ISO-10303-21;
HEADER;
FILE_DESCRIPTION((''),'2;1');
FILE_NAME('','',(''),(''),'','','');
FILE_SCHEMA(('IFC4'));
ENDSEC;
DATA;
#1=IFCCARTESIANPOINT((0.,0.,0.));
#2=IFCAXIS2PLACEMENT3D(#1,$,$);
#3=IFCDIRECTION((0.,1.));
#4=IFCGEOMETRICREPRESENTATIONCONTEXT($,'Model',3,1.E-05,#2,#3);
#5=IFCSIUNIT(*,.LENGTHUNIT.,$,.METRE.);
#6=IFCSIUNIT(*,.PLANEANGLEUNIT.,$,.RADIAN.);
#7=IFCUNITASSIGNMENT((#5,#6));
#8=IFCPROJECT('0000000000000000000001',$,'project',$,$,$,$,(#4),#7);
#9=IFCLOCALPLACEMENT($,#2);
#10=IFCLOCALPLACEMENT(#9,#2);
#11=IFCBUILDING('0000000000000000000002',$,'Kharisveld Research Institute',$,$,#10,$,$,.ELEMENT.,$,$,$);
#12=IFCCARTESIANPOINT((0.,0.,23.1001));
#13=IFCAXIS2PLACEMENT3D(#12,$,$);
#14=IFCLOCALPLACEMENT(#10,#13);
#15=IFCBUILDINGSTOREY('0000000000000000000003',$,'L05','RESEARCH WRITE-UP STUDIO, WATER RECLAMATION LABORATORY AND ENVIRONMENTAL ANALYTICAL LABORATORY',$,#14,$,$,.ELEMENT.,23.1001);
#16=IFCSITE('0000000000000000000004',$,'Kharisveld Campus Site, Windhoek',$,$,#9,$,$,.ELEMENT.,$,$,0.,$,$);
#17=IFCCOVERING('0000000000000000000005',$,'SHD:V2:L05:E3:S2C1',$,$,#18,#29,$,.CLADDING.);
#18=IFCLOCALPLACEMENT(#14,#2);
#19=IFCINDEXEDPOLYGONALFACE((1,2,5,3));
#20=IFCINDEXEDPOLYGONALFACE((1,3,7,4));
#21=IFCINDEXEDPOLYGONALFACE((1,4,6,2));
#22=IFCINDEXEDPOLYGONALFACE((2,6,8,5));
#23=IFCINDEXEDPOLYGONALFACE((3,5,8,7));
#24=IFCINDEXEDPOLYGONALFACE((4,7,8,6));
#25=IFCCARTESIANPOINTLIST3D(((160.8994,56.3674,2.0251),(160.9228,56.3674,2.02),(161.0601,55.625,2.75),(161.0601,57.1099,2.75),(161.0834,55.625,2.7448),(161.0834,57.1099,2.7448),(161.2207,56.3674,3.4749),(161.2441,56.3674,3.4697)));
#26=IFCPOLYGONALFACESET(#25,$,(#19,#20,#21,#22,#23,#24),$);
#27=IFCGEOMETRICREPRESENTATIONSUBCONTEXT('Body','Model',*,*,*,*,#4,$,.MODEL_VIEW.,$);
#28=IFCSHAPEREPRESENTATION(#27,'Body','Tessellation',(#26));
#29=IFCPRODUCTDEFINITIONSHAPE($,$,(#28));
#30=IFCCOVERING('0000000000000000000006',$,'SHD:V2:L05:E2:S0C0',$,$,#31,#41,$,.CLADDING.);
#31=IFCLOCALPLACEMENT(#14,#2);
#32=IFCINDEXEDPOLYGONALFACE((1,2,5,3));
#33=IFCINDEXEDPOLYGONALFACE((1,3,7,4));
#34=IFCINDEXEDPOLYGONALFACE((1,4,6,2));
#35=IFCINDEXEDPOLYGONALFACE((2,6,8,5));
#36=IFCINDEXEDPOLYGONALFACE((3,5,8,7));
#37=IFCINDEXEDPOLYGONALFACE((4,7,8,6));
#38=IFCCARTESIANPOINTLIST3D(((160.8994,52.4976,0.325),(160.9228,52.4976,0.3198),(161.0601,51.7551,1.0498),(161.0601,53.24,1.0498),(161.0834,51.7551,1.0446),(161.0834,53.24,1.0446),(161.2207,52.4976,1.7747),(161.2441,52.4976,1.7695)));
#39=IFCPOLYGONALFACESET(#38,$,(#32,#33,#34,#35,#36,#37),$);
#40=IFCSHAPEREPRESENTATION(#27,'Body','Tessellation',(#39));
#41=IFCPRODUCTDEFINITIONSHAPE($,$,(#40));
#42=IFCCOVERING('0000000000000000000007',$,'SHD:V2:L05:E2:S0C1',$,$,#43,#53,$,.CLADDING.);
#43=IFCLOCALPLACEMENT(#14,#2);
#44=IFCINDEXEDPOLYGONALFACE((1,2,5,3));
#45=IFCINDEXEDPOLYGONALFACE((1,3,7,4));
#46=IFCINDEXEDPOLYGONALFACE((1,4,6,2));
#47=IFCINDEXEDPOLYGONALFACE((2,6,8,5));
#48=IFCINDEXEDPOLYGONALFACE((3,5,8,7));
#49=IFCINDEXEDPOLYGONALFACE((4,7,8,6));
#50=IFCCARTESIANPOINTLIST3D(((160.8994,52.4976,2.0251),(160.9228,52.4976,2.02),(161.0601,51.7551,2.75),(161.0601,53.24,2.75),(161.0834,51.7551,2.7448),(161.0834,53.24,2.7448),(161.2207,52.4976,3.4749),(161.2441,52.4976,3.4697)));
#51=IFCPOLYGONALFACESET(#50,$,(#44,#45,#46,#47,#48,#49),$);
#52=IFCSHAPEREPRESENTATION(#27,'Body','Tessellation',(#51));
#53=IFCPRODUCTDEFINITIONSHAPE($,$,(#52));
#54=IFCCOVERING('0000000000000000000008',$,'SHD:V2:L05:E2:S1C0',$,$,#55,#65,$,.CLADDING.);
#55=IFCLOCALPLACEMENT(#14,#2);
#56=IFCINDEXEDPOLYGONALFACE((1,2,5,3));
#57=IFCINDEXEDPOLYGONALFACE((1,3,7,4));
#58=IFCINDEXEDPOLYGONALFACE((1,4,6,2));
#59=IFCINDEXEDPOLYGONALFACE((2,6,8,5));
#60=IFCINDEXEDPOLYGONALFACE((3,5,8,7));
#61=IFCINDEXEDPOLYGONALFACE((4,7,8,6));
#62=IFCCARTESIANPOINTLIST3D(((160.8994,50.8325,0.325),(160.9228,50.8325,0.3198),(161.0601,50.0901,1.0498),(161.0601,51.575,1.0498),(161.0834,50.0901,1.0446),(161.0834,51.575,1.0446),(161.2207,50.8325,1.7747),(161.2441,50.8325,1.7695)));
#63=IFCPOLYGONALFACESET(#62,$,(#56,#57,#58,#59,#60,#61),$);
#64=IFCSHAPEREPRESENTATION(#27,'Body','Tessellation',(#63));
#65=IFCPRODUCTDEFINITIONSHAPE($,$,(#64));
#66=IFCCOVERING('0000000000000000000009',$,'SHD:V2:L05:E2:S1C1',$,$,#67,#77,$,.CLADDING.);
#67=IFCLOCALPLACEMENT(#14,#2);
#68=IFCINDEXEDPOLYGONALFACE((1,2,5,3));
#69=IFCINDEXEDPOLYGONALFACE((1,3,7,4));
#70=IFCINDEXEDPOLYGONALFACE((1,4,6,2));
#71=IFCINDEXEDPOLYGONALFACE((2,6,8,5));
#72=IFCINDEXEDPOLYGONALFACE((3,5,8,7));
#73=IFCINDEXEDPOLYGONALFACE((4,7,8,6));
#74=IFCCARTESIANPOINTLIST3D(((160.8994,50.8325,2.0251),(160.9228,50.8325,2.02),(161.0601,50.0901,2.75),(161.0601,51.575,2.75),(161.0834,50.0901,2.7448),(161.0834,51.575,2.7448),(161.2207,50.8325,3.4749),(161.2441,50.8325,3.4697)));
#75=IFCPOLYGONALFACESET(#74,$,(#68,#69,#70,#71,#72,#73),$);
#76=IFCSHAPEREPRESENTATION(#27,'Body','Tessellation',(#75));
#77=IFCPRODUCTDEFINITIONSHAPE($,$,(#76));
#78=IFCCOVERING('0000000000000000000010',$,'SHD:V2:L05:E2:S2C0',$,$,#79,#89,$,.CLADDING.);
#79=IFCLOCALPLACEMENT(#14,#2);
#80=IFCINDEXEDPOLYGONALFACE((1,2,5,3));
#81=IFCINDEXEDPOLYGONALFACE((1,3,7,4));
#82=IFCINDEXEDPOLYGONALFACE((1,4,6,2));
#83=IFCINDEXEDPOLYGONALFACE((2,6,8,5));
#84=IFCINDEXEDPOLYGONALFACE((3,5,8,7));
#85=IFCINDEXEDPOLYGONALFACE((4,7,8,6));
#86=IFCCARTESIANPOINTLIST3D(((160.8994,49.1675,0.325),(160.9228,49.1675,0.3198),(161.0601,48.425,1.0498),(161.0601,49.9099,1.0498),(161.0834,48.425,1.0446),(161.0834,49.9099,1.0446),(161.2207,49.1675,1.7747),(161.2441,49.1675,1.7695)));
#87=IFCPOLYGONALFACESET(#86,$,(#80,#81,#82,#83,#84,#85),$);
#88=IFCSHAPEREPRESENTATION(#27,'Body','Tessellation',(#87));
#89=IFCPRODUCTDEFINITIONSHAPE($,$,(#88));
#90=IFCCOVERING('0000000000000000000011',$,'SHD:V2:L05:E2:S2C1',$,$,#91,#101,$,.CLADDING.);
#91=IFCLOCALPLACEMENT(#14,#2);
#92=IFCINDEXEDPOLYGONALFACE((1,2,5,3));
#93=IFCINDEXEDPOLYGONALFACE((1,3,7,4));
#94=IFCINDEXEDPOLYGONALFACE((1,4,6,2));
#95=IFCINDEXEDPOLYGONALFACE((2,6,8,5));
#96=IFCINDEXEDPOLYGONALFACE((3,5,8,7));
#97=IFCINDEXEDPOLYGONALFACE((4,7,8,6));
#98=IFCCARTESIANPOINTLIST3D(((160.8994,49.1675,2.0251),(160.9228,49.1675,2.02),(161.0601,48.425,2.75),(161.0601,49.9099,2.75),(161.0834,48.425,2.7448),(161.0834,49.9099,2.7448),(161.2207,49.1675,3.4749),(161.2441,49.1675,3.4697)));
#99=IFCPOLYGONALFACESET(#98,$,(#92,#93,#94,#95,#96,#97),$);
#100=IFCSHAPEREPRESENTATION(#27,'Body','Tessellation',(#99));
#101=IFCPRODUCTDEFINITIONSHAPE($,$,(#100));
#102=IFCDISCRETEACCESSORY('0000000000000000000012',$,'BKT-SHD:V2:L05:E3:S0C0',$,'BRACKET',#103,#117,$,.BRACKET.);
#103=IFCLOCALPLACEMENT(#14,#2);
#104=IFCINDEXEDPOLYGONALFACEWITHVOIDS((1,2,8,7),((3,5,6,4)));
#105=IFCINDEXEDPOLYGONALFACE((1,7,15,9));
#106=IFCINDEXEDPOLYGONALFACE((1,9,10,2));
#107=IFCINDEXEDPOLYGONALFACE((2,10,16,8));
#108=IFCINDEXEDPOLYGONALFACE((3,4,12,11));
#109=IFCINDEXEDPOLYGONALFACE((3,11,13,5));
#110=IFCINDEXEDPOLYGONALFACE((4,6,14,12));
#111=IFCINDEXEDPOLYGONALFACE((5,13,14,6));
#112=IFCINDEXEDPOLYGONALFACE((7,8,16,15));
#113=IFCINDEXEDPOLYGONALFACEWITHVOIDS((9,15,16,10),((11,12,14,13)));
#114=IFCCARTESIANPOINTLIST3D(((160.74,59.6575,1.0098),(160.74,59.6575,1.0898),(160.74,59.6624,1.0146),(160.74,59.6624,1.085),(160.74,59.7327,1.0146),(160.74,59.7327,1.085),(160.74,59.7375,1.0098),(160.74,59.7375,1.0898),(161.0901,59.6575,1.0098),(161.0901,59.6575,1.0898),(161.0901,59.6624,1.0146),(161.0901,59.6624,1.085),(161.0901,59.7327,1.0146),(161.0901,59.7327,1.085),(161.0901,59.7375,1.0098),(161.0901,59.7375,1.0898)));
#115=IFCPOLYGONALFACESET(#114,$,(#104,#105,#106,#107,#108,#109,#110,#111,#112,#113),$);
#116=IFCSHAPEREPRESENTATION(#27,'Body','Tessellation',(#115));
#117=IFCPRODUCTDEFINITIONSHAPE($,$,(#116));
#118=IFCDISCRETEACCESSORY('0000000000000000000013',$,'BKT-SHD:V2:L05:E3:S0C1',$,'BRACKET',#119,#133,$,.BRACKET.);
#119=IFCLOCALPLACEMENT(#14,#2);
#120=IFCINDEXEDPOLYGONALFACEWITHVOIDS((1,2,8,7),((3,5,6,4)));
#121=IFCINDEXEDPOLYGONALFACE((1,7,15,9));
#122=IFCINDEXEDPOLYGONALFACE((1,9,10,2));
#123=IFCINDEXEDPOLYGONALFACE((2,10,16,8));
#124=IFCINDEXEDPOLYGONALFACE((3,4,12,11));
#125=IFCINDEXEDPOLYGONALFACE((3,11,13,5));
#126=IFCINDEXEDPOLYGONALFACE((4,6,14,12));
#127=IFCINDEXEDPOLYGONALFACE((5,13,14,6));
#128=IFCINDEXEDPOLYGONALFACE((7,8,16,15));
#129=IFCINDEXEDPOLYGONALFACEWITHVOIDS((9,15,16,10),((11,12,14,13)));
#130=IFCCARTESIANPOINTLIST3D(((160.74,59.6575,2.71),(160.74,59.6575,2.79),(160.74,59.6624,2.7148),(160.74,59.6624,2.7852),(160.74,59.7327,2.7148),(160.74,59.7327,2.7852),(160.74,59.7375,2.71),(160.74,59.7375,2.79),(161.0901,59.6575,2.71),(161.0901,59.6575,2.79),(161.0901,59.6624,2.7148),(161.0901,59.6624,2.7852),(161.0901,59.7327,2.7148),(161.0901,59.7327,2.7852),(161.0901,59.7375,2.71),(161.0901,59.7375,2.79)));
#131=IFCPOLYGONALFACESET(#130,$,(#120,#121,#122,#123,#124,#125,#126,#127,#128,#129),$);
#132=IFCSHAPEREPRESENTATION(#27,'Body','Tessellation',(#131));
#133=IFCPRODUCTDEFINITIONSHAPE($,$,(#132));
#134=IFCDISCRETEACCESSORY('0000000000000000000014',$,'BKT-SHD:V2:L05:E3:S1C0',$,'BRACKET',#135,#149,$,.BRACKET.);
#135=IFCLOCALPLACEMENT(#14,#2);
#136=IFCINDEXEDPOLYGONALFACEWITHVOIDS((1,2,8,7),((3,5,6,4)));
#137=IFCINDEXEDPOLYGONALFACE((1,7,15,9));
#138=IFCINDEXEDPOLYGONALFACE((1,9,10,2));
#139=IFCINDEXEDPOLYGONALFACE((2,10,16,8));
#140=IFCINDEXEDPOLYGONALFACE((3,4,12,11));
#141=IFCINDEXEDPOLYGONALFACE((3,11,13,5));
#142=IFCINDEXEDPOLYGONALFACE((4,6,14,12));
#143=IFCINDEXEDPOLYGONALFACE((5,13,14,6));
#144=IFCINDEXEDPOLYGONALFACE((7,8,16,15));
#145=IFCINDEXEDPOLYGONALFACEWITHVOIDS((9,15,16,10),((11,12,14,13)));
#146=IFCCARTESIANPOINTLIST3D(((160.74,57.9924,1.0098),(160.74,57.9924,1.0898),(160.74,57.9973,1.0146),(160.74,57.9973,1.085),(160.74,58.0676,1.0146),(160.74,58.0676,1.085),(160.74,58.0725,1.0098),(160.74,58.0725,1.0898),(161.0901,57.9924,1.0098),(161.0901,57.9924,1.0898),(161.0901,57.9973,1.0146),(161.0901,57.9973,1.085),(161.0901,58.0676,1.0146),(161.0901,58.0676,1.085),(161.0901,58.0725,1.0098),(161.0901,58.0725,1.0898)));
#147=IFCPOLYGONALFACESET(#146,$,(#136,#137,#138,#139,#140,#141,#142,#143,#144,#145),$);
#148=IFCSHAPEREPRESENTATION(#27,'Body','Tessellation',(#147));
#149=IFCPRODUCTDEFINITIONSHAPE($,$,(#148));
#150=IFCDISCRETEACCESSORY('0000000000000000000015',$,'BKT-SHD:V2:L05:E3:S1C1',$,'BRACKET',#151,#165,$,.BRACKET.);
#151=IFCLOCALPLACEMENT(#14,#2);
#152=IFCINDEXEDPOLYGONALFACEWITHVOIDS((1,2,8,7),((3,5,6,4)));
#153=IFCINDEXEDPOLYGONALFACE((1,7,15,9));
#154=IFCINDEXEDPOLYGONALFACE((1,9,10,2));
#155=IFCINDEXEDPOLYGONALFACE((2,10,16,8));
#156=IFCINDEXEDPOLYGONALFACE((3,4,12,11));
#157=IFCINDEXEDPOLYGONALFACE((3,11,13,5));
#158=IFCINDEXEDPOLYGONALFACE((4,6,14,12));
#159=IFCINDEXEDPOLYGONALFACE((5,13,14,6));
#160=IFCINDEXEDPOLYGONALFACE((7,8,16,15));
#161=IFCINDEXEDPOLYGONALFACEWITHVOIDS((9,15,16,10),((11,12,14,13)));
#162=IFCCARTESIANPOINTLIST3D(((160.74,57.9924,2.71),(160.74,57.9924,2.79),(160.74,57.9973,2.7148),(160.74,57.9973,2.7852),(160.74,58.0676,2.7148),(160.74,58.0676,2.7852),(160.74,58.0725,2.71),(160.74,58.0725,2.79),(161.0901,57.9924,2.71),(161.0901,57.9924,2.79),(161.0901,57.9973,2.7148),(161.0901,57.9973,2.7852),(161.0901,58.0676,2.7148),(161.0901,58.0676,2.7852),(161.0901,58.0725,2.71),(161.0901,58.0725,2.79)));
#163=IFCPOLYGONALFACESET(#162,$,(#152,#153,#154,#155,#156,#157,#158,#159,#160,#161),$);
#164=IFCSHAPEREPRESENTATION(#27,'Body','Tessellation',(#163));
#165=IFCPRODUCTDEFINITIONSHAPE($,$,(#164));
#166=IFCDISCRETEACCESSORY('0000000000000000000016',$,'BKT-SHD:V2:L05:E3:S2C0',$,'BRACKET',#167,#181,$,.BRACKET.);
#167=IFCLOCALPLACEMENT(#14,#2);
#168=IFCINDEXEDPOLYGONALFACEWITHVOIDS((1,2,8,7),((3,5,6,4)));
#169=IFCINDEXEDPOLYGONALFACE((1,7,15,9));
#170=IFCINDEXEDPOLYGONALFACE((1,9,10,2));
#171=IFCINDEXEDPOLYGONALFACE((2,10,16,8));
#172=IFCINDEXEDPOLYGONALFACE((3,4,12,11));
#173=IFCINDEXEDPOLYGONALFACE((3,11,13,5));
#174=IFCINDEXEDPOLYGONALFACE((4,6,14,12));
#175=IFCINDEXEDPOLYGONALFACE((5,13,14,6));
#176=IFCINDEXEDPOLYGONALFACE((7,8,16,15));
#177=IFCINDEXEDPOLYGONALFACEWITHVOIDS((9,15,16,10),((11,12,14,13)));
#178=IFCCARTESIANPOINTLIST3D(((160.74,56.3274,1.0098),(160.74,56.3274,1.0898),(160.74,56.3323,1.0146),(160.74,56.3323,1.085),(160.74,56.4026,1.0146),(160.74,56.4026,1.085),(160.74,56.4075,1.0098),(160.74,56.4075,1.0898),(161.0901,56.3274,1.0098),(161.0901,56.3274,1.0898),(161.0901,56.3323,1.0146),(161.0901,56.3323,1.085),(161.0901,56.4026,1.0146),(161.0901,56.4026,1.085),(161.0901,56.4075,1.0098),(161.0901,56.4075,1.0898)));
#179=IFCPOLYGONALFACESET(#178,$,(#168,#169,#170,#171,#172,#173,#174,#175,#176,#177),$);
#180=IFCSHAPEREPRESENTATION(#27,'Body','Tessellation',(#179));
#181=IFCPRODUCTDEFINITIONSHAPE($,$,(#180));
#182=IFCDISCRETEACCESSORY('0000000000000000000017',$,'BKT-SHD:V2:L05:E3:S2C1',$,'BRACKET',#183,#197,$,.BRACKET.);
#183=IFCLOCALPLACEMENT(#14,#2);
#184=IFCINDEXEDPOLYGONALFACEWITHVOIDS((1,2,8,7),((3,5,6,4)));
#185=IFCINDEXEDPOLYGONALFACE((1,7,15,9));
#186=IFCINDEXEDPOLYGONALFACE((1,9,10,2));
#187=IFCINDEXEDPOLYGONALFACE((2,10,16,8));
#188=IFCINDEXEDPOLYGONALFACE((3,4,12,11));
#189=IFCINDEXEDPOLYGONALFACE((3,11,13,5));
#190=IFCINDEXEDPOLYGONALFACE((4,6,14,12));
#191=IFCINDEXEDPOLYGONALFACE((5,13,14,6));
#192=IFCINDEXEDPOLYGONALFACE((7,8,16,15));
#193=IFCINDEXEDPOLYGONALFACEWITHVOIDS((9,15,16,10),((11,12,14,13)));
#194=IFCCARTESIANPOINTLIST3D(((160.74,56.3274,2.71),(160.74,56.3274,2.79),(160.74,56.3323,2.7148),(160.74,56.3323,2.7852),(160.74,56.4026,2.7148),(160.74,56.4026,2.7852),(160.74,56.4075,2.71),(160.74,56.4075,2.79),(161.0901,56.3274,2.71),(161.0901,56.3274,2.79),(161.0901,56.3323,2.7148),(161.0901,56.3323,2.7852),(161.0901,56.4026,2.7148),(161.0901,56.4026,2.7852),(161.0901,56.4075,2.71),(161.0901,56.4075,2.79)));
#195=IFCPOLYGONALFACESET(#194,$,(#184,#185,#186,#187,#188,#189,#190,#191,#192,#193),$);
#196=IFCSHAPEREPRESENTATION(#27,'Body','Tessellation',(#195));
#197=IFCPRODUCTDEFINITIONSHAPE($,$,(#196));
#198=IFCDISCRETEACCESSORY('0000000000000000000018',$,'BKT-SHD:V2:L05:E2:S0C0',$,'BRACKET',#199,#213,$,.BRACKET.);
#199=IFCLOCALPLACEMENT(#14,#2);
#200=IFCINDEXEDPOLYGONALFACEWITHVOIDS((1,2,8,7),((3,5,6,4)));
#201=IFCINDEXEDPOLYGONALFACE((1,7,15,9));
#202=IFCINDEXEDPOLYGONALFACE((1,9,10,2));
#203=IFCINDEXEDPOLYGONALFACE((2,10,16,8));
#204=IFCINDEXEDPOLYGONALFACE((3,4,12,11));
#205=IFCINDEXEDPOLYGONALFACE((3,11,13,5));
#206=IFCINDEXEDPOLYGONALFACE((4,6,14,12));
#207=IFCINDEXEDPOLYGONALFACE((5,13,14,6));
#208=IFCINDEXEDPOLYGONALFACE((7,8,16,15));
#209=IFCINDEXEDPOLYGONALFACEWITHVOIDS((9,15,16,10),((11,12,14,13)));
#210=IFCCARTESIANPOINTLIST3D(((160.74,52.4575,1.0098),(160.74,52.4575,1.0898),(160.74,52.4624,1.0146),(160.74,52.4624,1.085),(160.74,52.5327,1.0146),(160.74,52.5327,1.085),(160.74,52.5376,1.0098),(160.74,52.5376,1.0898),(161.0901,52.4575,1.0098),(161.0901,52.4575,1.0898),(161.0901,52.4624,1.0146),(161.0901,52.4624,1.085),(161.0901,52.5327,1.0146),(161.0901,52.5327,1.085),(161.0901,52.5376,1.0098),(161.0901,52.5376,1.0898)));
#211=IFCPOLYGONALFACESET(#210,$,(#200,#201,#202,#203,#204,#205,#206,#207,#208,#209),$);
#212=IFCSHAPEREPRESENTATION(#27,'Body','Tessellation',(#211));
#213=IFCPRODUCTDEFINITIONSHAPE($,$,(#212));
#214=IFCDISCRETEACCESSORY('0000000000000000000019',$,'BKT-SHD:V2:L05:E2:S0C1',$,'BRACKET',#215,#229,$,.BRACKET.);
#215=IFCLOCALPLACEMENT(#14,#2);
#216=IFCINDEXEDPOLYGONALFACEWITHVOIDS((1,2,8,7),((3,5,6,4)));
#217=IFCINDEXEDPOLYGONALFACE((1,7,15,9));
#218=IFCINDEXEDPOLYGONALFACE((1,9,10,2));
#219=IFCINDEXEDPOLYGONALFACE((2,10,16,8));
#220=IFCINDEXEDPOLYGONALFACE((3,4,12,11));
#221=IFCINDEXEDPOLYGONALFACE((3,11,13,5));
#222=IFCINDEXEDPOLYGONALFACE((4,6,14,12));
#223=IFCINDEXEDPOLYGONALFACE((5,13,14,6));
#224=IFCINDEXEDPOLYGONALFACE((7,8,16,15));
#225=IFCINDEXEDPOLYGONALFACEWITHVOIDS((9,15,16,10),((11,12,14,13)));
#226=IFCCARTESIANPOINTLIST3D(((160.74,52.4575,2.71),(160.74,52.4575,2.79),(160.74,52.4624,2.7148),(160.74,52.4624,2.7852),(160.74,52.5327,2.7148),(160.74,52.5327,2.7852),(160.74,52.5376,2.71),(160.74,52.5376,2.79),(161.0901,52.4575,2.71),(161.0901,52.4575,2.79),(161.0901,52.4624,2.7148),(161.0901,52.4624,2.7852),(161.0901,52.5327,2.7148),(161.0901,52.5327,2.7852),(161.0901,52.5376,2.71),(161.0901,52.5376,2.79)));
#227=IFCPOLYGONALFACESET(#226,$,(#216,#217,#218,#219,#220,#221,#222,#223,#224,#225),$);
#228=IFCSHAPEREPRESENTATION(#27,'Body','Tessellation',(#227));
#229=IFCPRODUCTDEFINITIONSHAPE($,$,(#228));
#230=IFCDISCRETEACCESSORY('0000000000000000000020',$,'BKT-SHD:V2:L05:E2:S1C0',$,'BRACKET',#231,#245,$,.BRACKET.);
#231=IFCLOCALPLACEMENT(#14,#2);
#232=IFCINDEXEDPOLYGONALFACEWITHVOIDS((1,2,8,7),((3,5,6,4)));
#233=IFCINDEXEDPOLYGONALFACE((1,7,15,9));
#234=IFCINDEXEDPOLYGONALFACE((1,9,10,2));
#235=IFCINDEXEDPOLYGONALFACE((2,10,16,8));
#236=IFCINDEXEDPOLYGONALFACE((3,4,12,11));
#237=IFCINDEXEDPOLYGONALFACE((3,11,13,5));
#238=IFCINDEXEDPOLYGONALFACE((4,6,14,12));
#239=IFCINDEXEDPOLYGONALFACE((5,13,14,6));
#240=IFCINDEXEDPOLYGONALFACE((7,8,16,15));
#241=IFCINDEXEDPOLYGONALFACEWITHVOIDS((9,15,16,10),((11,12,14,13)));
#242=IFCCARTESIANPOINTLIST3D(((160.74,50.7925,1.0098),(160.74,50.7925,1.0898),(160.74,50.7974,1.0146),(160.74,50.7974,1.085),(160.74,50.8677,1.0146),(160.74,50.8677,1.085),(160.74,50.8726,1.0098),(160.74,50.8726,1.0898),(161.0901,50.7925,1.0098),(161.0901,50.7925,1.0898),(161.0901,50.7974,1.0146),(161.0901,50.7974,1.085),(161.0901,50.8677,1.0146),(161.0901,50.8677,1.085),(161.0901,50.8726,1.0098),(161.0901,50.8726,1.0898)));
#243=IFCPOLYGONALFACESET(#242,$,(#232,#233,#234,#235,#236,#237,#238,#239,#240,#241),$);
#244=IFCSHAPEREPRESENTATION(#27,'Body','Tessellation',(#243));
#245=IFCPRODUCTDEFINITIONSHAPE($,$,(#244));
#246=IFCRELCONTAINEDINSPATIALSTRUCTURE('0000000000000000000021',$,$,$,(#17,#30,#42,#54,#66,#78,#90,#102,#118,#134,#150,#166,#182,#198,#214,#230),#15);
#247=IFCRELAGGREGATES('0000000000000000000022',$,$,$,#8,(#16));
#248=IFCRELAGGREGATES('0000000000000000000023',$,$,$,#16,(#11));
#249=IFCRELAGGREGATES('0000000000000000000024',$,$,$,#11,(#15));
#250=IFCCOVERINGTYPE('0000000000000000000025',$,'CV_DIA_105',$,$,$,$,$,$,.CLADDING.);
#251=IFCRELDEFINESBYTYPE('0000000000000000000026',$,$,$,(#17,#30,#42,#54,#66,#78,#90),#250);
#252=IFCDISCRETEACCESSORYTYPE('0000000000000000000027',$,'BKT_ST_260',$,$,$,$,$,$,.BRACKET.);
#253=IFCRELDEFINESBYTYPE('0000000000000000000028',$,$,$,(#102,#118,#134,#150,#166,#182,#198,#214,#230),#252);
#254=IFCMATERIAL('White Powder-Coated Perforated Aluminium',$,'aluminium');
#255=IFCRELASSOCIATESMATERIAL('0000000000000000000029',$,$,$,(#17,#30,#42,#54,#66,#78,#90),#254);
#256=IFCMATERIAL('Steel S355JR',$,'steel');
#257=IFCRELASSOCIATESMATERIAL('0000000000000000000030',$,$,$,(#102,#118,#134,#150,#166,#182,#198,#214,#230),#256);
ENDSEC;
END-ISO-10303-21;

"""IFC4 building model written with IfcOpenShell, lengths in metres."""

from ifc_helpers import new_model, si_unit, direction, frame, origin, origin_2d, place, context, subcontext, project, spatial, polyline, hollow_rectangle, outline, extrude, material, type_object, element, save


model = new_model("IFC4")

# Units and contexts
model_context = context("Model", 3, precision=1e-05, world=origin(), true_north=direction((0.0, 1.0)))
body_context = subcontext(model_context, "Body", "Model", "MODEL_VIEW")
ifc_project = project(units=[si_unit("LENGTHUNIT", "METRE"), si_unit("PLANEANGLEUNIT", "RADIAN")], contexts=[model_context])

# Site, building, storey
site_placement = place(None, origin())
site = spatial("IfcSite", under=ifc_project, at=site_placement, Name="Kharisveld Campus Site, Windhoek", CompositionType="ELEMENT", RefElevation=0.0)
building_placement = place(site_placement, origin())
building = spatial("IfcBuilding", under=site, at=building_placement, Name="Kharisveld Research Institute", CompositionType="ELEMENT")
storey_placement = place(building_placement, frame((0.0, 0.0, 23.1001)))
storey = spatial("IfcBuildingStorey", under=building, at=storey_placement, Name="L05", Description="RESEARCH WRITE-UP STUDIO, WATER RECLAMATION LABORATORY AND ENVIRONMENTAL ANALYTICAL LABORATORY", CompositionType="ELEMENT", Elevation=23.1001)

# Coverings
ifc_material_1 = material(Name="White Powder-Coated Perforated Aluminium", Category="aluminium")
covering_type = type_object("IfcCoveringType", Name="CV_DIA_105", PredefinedType="CLADDING")
for number, where, z_axis, x_axis, name in (
    (1, (160.8994, 56.3674, 2.0251), (-0.976311, 0.0, 0.216373), (0.153, -0.707102, 0.69036), "SHD:V2:L05:E3:S2C1"),
    (2, (160.8994, 52.4976, 0.325), (-0.976311, 0.0, 0.216373), (0.153, -0.707102, 0.69036), "SHD:V2:L05:E2:S0C0"),
    (3, (160.8994, 52.4976, 2.0251), (-0.976311, 0.0, 0.216373), (0.153, -0.707102, 0.69036), "SHD:V2:L05:E2:S0C1"),
    (4, (160.8994, 50.8325, 0.325), (-0.976311, 0.0, 0.216373), (0.153, -0.707102, 0.69036), "SHD:V2:L05:E2:S1C0"),
    (5, (160.8994, 50.8325, 2.0251), (-0.976311, 0.0, 0.216373), (0.153, -0.707102, 0.69036), "SHD:V2:L05:E2:S1C1"),
    (6, (160.8994, 49.1675, 0.325), (-0.976311, 0.0, 0.216373), (0.153, -0.707102, 0.69036), "SHD:V2:L05:E2:S2C0"),
    (7, (160.8994, 49.1675, 2.0251), (-0.976311, 0.0, 0.216373), (0.153, -0.707102, 0.69036), "SHD:V2:L05:E2:S2C1"),
):
    element("IfcCovering", number, at=place(storey_placement, frame(where, z_axis=z_axis, x_axis=x_axis)), inside=storey, type_object=covering_type, material=ifc_material_1, Name=name, PredefinedType="CLADDING", context=body_context, shape_type="SweptSolid", body=[
        extrude(outline(polyline([(0.0, 0.0), (1.05, 0.0), (1.05, 1.05), (0.0, 1.05), (0.0, 0.0)])), origin(), (0.0, 0.0, -1.0), 0.0239),
    ])

# Discrete accessories
ifc_material_2 = material(Name="Steel S355JR", Category="steel")
discrete_accessory_type = type_object("IfcDiscreteAccessoryType", Name="BKT_ST_260", PredefinedType="BRACKET")
for number, where, z_axis, x_axis, name in (
    (8, (160.74, 59.6975, 1.0498), (1.0, 0.0, 0.0), (0.0, 1.0, 0.0), "BKT-SHD:V2:L05:E3:S0C0"),
    (9, (160.74, 59.6975, 2.75), (1.0, 0.0, 0.0), (0.0, 1.0, 0.0), "BKT-SHD:V2:L05:E3:S0C1"),
    (10, (160.74, 58.0325, 1.0498), (1.0, 0.0, 0.0), (0.0, 1.0, 0.0), "BKT-SHD:V2:L05:E3:S1C0"),
    (11, (160.74, 58.0325, 2.75), (1.0, 0.0, 0.0), (0.0, 1.0, 0.0), "BKT-SHD:V2:L05:E3:S1C1"),
    (12, (160.74, 56.3674, 1.0498), (1.0, 0.0, 0.0), (0.0, 1.0, 0.0), "BKT-SHD:V2:L05:E3:S2C0"),
    (13, (160.74, 56.3674, 2.75), (1.0, 0.0, 0.0), (0.0, 1.0, 0.0), "BKT-SHD:V2:L05:E3:S2C1"),
    (14, (160.74, 52.4976, 1.0498), (1.0, 0.0, 0.0), (0.0, 1.0, 0.0), "BKT-SHD:V2:L05:E2:S0C0"),
    (15, (160.74, 52.4976, 2.75), (1.0, 0.0, 0.0), (0.0, 1.0, 0.0), "BKT-SHD:V2:L05:E2:S0C1"),
    (16, (160.74, 50.8325, 1.0498), (1.0, 0.0, 0.0), (0.0, 1.0, 0.0), "BKT-SHD:V2:L05:E2:S1C0"),
):
    element("IfcDiscreteAccessory", number, at=place(storey_placement, frame(where, z_axis=z_axis, x_axis=x_axis)), inside=storey, type_object=discrete_accessory_type, material=ifc_material_2, Name=name, ObjectType="BRACKET", PredefinedType="BRACKET", context=body_context, shape_type="SweptSolid", body=[
        extrude(hollow_rectangle(XDim=0.0801, YDim=0.0801, WallThickness=0.0049, at=origin_2d()), origin(), (0.0, 0.0, 1.0), 0.3501),
    ])

save(model, "model.ifc")
